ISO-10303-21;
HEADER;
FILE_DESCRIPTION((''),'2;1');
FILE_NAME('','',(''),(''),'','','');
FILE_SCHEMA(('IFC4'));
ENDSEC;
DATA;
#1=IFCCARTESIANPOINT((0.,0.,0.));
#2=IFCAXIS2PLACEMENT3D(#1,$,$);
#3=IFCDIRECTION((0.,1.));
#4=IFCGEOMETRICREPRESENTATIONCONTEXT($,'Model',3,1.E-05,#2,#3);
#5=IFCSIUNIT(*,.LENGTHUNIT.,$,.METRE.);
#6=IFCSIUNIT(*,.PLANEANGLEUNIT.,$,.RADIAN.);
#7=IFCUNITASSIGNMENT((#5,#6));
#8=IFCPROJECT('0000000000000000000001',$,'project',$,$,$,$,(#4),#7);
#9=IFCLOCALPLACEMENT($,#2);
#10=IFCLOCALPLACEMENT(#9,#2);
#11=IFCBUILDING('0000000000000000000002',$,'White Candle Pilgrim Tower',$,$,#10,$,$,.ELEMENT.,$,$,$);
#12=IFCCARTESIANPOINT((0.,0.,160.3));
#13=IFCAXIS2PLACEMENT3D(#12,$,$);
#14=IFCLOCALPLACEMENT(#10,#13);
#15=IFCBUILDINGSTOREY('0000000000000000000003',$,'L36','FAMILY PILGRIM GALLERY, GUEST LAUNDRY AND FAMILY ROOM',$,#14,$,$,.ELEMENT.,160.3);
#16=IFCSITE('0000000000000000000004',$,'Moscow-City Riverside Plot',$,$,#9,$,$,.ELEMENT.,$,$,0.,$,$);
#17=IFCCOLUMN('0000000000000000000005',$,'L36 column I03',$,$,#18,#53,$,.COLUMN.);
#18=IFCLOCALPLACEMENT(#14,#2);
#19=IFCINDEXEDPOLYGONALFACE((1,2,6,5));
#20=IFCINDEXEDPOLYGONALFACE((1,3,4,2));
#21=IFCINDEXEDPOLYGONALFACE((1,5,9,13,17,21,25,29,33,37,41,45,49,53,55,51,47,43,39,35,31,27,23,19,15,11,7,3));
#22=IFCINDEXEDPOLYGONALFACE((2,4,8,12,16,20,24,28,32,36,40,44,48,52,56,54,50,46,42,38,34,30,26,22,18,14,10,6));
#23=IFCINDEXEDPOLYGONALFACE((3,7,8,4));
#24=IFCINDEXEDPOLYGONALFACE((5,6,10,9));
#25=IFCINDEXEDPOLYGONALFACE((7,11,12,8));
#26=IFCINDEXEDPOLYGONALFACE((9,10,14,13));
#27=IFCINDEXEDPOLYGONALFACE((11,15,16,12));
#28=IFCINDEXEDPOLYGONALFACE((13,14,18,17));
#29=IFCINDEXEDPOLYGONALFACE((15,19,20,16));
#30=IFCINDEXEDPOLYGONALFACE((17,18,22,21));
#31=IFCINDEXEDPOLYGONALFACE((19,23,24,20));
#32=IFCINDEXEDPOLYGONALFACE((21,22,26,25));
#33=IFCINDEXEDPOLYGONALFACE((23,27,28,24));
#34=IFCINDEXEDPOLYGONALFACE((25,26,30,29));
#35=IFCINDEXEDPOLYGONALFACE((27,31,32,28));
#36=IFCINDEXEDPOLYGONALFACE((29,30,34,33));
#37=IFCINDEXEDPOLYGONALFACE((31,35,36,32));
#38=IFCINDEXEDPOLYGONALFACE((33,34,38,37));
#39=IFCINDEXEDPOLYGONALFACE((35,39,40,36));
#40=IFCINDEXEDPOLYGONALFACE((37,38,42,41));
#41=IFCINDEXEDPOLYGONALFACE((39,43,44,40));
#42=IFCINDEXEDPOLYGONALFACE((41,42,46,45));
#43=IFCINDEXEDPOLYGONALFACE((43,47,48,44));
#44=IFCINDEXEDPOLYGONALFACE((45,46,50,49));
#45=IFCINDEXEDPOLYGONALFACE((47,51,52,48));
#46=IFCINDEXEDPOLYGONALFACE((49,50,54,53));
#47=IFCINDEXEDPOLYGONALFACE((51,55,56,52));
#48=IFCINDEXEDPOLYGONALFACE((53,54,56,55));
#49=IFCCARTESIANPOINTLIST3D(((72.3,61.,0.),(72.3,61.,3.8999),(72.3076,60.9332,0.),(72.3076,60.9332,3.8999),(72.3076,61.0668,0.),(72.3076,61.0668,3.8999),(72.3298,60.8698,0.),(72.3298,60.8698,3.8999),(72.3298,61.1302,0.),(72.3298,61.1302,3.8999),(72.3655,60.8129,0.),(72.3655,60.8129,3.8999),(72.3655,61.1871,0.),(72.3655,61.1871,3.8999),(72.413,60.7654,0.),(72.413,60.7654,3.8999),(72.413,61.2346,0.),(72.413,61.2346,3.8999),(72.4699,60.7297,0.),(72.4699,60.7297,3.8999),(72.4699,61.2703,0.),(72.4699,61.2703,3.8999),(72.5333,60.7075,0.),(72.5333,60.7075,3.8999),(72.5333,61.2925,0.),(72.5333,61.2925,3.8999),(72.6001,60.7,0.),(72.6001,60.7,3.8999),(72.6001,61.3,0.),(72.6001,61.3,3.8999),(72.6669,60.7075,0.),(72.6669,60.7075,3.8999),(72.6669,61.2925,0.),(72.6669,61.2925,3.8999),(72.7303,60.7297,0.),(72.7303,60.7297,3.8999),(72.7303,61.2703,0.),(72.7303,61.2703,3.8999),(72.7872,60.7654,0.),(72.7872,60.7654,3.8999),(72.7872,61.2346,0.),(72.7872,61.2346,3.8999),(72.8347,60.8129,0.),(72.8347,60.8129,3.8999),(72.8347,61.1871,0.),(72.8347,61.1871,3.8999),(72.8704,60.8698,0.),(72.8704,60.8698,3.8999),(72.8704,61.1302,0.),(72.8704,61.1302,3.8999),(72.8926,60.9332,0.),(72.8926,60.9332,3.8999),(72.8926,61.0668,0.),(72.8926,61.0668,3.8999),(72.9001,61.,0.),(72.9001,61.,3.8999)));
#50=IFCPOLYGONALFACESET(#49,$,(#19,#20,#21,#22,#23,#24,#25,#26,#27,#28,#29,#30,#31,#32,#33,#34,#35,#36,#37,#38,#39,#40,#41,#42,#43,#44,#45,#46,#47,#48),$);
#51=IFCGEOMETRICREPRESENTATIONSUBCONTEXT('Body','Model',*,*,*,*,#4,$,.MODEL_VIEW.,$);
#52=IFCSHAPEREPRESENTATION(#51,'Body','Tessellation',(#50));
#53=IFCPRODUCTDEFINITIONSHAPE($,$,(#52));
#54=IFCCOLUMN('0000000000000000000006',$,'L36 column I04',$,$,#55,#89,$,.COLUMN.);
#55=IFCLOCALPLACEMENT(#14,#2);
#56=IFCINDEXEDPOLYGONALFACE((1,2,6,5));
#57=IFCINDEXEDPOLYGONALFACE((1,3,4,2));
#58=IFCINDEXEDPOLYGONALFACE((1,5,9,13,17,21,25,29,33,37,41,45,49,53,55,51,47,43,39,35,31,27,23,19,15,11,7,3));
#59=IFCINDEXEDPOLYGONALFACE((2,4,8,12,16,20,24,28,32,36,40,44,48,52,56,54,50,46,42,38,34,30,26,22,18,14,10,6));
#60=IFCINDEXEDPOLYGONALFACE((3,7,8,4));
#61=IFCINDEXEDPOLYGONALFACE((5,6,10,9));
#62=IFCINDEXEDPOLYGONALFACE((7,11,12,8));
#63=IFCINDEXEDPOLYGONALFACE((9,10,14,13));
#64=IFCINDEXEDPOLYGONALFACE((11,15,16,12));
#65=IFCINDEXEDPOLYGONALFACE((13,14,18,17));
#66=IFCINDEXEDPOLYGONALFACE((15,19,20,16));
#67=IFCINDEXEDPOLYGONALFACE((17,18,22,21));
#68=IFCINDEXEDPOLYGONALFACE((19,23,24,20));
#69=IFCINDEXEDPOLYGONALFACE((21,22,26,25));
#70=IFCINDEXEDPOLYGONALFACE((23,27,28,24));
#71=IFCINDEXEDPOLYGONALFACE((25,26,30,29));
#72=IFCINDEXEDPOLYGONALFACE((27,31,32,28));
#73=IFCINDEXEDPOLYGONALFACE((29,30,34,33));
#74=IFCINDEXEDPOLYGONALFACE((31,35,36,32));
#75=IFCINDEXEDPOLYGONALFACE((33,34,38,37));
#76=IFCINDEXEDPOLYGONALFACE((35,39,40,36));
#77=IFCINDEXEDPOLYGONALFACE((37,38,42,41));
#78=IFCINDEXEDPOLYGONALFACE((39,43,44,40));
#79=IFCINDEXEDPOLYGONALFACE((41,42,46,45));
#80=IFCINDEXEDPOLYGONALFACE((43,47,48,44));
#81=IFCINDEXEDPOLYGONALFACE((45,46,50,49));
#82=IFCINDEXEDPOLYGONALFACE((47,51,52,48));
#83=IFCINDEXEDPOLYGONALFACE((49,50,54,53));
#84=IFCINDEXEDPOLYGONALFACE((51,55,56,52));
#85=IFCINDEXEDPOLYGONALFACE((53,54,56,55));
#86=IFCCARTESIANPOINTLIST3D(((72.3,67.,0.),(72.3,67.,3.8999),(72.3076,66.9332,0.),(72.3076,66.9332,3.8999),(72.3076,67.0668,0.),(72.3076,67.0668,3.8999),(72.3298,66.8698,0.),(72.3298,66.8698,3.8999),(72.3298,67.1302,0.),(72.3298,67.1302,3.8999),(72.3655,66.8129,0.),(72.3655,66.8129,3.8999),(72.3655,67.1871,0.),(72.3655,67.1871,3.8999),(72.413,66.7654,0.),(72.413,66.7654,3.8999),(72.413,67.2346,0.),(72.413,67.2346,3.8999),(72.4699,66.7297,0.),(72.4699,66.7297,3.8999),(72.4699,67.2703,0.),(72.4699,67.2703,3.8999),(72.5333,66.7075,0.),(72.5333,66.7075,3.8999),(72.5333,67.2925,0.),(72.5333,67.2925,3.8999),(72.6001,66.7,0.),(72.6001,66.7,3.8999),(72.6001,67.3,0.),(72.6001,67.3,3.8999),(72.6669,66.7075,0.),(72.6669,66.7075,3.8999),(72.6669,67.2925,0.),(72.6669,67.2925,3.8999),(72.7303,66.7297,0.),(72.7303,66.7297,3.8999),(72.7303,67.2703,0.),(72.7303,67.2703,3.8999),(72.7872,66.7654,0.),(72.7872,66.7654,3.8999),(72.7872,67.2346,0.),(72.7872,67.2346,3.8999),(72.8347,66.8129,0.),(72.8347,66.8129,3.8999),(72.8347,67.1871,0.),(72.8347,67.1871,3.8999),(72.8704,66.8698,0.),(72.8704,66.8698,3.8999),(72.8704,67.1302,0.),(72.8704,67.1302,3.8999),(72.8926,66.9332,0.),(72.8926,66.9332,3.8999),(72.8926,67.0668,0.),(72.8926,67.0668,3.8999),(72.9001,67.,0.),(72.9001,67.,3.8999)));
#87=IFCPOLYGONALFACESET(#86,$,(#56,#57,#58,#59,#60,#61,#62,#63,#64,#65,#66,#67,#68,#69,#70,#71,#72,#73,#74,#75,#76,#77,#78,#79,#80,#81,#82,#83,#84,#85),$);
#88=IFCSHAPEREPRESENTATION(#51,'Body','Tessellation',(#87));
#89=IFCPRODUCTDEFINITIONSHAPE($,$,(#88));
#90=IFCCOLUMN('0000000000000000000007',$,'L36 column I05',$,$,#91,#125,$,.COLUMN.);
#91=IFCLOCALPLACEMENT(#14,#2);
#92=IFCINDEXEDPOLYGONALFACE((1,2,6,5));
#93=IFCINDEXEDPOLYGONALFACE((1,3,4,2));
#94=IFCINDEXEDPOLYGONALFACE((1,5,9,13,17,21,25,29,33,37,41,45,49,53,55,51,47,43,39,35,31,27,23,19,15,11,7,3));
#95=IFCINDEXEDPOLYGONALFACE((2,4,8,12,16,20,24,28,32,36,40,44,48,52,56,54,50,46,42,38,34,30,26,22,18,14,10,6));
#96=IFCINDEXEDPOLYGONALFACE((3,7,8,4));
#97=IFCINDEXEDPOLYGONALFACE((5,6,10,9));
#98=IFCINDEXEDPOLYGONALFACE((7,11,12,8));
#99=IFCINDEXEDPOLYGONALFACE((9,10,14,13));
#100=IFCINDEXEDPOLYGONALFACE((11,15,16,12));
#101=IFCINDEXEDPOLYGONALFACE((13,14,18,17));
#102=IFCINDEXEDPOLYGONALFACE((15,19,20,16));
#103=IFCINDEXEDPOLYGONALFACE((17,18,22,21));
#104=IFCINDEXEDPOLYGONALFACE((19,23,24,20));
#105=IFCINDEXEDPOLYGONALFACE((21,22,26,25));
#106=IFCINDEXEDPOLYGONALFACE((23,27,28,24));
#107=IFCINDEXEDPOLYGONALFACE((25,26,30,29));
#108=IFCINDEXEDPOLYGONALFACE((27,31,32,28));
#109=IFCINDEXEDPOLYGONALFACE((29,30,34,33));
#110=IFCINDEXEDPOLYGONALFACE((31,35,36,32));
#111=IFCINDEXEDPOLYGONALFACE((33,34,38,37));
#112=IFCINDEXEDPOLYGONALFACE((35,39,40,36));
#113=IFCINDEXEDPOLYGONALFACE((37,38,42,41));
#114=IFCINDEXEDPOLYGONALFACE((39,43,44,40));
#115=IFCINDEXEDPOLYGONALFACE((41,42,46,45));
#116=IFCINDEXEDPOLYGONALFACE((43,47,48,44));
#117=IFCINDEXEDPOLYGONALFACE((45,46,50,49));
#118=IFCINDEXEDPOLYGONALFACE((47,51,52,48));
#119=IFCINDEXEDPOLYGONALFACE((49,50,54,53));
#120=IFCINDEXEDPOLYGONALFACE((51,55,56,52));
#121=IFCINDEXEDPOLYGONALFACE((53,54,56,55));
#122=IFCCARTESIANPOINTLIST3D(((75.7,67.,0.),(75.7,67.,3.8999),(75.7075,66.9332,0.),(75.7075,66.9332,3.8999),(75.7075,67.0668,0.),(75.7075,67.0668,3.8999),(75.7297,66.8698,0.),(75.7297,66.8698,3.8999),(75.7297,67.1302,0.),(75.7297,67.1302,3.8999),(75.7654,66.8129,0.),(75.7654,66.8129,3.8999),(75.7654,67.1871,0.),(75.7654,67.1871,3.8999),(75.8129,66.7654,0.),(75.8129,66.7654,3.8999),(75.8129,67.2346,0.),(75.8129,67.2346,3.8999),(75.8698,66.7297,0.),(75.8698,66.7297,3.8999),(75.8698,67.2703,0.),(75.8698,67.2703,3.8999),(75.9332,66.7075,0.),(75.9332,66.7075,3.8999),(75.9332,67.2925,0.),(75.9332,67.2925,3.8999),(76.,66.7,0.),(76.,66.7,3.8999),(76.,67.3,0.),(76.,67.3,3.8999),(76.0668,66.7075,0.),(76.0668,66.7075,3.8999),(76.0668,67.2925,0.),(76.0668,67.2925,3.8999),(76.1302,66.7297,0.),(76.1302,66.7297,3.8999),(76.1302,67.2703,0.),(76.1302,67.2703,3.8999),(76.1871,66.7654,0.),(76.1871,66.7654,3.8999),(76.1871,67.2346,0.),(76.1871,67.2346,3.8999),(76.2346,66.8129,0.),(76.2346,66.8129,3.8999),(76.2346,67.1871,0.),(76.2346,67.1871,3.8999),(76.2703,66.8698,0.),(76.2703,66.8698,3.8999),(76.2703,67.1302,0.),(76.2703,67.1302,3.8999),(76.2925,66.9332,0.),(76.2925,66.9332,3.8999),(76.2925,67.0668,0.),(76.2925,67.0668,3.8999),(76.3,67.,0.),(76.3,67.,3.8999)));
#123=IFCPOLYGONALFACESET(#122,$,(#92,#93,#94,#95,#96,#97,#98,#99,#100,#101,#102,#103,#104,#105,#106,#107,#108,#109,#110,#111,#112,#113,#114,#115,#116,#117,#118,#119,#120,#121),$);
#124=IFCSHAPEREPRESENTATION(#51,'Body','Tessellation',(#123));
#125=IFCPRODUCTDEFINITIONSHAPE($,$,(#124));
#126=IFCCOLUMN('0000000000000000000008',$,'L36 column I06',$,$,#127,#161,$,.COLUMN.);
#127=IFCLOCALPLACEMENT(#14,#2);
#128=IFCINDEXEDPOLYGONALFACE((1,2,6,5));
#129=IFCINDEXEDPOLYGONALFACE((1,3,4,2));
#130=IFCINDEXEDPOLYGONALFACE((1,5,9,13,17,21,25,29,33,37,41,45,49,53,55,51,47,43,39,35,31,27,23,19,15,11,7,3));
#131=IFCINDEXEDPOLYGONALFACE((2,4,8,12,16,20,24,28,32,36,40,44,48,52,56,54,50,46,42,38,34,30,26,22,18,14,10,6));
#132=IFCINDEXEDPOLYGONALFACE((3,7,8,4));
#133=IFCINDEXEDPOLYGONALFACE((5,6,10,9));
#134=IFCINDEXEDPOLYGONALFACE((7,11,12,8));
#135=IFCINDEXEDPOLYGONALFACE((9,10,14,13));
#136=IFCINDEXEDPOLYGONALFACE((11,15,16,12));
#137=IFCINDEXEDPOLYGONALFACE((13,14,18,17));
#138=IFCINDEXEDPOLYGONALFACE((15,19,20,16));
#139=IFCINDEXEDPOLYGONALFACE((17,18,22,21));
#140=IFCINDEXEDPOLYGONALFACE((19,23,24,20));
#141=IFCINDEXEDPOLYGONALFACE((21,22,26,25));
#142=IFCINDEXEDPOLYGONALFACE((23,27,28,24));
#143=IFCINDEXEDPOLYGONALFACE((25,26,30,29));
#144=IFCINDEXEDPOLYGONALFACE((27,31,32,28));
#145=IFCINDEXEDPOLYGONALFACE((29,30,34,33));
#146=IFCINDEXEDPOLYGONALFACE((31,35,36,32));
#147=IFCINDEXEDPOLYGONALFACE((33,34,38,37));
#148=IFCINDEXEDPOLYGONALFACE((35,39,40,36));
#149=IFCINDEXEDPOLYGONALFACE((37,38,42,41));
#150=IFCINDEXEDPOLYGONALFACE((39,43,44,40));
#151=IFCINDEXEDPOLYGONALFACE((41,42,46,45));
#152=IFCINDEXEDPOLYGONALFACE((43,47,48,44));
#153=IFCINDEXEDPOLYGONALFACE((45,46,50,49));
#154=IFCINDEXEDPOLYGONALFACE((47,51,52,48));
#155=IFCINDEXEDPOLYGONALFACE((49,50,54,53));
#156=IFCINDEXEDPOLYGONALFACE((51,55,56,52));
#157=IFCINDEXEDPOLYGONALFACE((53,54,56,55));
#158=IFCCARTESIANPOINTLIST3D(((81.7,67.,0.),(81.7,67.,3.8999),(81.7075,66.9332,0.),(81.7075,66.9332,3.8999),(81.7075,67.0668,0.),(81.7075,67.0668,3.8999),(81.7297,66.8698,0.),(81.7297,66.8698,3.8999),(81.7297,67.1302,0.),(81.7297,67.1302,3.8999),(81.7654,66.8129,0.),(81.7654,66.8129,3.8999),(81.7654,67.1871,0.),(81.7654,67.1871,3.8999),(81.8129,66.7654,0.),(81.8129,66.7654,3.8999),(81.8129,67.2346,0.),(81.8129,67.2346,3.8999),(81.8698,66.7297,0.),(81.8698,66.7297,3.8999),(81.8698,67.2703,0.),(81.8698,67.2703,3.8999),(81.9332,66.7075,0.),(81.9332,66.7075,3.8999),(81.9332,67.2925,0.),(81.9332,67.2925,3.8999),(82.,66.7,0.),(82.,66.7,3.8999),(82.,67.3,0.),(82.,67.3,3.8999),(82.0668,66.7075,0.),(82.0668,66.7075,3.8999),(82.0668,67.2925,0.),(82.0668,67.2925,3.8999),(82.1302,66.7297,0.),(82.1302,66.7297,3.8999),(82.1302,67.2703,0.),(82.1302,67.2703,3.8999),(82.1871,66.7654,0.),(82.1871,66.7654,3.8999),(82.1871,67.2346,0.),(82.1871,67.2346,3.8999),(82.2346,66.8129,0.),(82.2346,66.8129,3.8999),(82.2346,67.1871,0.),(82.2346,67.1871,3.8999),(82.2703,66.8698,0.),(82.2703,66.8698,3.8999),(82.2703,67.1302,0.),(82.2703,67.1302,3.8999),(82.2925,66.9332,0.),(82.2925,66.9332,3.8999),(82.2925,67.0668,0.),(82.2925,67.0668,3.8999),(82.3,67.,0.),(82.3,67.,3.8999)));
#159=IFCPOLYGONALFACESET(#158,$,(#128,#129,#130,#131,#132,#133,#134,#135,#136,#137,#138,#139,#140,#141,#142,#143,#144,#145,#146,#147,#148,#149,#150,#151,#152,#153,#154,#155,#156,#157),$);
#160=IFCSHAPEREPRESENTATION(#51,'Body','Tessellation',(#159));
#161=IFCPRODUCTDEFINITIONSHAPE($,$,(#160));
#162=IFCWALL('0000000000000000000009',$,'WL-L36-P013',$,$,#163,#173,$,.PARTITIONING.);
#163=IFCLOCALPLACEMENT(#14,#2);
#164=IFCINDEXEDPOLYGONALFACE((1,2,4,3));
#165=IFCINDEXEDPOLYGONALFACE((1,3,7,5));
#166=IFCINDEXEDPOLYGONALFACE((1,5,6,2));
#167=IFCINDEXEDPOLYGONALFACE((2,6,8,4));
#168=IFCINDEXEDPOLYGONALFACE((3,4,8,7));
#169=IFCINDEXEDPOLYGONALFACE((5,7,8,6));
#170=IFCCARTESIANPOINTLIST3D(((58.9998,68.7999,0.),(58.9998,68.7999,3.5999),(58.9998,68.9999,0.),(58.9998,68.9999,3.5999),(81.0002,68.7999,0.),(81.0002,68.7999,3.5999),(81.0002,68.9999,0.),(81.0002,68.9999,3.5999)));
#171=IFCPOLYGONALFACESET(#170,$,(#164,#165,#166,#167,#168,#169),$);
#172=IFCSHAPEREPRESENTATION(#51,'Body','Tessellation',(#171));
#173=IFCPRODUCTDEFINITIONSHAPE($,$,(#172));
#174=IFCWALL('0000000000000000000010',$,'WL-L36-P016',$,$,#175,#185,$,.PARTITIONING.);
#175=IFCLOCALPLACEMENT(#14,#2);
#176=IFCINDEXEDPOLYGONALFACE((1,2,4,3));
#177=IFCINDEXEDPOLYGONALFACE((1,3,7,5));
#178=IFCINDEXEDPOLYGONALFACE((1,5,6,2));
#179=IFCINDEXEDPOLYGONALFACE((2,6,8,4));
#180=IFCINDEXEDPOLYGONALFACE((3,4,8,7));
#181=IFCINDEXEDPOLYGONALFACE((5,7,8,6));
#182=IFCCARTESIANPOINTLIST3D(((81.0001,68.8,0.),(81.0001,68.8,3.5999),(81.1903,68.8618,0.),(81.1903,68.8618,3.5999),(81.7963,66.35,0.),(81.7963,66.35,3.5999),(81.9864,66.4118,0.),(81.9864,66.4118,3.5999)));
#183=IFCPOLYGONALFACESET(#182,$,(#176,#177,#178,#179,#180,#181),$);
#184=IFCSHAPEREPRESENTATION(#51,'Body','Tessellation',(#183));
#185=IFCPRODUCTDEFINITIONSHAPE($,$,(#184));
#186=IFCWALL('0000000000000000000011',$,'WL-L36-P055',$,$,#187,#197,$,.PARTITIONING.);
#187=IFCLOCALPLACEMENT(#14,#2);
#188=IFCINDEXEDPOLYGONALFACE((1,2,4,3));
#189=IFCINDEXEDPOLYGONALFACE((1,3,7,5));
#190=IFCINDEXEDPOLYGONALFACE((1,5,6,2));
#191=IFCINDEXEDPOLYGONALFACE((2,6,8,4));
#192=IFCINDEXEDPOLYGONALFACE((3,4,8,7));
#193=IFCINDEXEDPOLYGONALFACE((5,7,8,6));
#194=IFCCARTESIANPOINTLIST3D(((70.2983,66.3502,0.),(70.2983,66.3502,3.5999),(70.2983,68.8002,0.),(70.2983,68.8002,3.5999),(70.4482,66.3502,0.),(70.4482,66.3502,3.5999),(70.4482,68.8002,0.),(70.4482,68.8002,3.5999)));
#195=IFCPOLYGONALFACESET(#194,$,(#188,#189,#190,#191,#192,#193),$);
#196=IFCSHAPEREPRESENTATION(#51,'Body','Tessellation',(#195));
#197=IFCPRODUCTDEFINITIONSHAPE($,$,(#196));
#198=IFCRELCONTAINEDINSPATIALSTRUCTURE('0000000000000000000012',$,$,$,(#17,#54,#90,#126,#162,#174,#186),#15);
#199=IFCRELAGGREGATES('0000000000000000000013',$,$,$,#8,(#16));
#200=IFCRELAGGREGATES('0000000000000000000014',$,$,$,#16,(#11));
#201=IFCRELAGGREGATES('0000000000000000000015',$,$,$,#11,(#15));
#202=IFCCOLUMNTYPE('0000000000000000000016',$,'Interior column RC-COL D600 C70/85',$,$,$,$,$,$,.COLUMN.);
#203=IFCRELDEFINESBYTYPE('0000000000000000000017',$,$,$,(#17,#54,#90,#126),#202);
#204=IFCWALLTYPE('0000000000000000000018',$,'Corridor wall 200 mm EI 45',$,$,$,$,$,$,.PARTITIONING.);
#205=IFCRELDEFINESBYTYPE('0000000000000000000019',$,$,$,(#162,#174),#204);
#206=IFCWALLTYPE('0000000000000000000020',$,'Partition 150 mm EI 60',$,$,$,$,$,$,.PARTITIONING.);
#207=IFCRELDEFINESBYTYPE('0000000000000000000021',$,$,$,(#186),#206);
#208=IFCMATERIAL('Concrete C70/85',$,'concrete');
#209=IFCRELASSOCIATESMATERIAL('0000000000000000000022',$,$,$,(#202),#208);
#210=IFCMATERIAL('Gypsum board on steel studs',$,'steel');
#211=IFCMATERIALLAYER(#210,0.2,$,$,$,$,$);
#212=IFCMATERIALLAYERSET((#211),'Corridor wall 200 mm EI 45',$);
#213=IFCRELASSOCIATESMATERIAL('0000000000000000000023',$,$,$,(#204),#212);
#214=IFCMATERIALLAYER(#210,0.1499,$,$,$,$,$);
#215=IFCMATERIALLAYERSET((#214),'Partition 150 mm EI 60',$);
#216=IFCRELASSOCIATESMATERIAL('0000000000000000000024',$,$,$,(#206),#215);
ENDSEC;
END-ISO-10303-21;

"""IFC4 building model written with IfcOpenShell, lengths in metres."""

from ifc_helpers import new_model, si_unit, direction, frame, frame_2d, origin, origin_2d, place, context, subcontext, project, spatial, rectangle, circle, extrude, material, layer, layer_set, material_profile, profile_set, type_object, element, save


model = new_model("IFC4")

# Units and contexts
model_context = context("Model", 3, precision=1e-05, world=origin(), true_north=direction((0.0, 1.0)))
body_context = subcontext(model_context, "Body", "Model", "MODEL_VIEW")
ifc_project = project(units=[si_unit("LENGTHUNIT", "METRE"), si_unit("PLANEANGLEUNIT", "RADIAN")], contexts=[model_context])

# Site, building, storey
site_placement = place(None, origin())
site = spatial("IfcSite", under=ifc_project, at=site_placement, Name="Moscow-City Riverside Plot", CompositionType="ELEMENT", RefElevation=0.0)
building_placement = place(site_placement, origin())
building = spatial("IfcBuilding", under=site, at=building_placement, Name="White Candle Pilgrim Tower", CompositionType="ELEMENT")
storey_placement = place(building_placement, frame((0.0, 0.0, 160.3)))
storey = spatial("IfcBuildingStorey", under=building, at=storey_placement, Name="L36", Description="FAMILY PILGRIM GALLERY, GUEST LAUNDRY AND FAMILY ROOM", CompositionType="ELEMENT", Elevation=160.3)

# Columns
ifc_material_1 = material(Name="Concrete C70/85", Category="concrete")
ifc_material_profile = material_profile(ifc_material_1, circle(Radius=0.3, at=origin_2d()), Name="RC-COL D600")
ifc_profile_set = profile_set([ifc_material_profile], Name="Concrete C70/85")
column_type = type_object("IfcColumnType", Name="Interior column RC-COL D600 C70/85", PredefinedType="COLUMN", material=ifc_profile_set)
for number, where, z_axis, x_axis, name in (
    (1, (72.6001, 61.0, 0.0), (0.0, 0.0, 1.0), (1.0, 0.0, 0.0), "L36 column I03"),
    (2, (72.6001, 67.0, 0.0), (0.0, 0.0, 1.0), (1.0, 0.0, 0.0), "L36 column I04"),
    (3, (76.0, 67.0, 0.0), (0.0, 0.0, 1.0), (1.0, 0.0, 0.0), "L36 column I05"),
    (4, (82.0, 67.0, 0.0), (0.0, 0.0, 1.0), (1.0, 0.0, 0.0), "L36 column I06"),
):
    element("IfcColumn", number, at=place(storey_placement, frame(where, z_axis=z_axis, x_axis=x_axis)), inside=storey, type_object=column_type, Name=name, PredefinedType="COLUMN", context=body_context, shape_type="SweptSolid", body=[
        extrude(circle(Radius=0.3, at=origin_2d()), origin(), (0.0, 0.0, 1.0), 3.8999),
    ])

# Walls
ifc_material_2 = material(Name="Gypsum board on steel studs", Category="steel")
ifc_layer_1 = layer(ifc_material_2, 0.2)
ifc_layer_set_1 = layer_set([ifc_layer_1], Name="Corridor wall 200 mm EI 45")
wall_type_1 = type_object("IfcWallType", Name="Corridor wall 200 mm EI 45", PredefinedType="PARTITIONING", material=ifc_layer_set_1)
wall_1_placement = place(storey_placement, frame((81.0002, 68.8999, 0.0), z_axis=(0.0, 0.0, 1.0), x_axis=(-1.0, 0.0, 0.0)))
element("IfcWall", 5, at=wall_1_placement, inside=storey, type_object=wall_type_1, Name="WL-L36-P013", PredefinedType="PARTITIONING", context=body_context, shape_type="SweptSolid", body=[
    extrude(rectangle(XDim=22.0005, YDim=0.2, at=frame_2d((11.0002, 0.0))), origin(), (0.0, 0.0, 1.0), 3.5999),
])
wall_2_placement = place(storey_placement, frame((81.8914, 66.3809, 0.0), z_axis=(0.0, 0.0, 1.0), x_axis=(-0.309054, 0.951045, 0.0)))
element("IfcWall", 6, at=wall_2_placement, inside=storey, type_object=wall_type_1, Name="WL-L36-P016", PredefinedType="PARTITIONING", context=body_context, shape_type="SweptSolid", body=[
    extrude(rectangle(XDim=2.5762, YDim=0.2, at=frame_2d((1.2881, 0.0))), origin(), (0.0, 0.0, 1.0), 3.5999),
])
ifc_layer_2 = layer(ifc_material_2, 0.1499)
ifc_layer_set_2 = layer_set([ifc_layer_2], Name="Partition 150 mm EI 60")
wall_type_2 = type_object("IfcWallType", Name="Partition 150 mm EI 60", PredefinedType="PARTITIONING", material=ifc_layer_set_2)
wall_3_placement = place(storey_placement, frame((70.3733, 66.3501, 0.0), z_axis=(0.0, 0.0, 1.0), x_axis=(0.0, 1.0, 0.0)))
element("IfcWall", 7, at=wall_3_placement, inside=storey, type_object=wall_type_2, Name="WL-L36-P055", PredefinedType="PARTITIONING", context=body_context, shape_type="SweptSolid", body=[
    extrude(rectangle(XDim=2.45, YDim=0.1499, at=frame_2d((1.2251, 0.0))), origin(), (0.0, 0.0, 1.0), 3.5999),
])

save(model, "model.ifc")
